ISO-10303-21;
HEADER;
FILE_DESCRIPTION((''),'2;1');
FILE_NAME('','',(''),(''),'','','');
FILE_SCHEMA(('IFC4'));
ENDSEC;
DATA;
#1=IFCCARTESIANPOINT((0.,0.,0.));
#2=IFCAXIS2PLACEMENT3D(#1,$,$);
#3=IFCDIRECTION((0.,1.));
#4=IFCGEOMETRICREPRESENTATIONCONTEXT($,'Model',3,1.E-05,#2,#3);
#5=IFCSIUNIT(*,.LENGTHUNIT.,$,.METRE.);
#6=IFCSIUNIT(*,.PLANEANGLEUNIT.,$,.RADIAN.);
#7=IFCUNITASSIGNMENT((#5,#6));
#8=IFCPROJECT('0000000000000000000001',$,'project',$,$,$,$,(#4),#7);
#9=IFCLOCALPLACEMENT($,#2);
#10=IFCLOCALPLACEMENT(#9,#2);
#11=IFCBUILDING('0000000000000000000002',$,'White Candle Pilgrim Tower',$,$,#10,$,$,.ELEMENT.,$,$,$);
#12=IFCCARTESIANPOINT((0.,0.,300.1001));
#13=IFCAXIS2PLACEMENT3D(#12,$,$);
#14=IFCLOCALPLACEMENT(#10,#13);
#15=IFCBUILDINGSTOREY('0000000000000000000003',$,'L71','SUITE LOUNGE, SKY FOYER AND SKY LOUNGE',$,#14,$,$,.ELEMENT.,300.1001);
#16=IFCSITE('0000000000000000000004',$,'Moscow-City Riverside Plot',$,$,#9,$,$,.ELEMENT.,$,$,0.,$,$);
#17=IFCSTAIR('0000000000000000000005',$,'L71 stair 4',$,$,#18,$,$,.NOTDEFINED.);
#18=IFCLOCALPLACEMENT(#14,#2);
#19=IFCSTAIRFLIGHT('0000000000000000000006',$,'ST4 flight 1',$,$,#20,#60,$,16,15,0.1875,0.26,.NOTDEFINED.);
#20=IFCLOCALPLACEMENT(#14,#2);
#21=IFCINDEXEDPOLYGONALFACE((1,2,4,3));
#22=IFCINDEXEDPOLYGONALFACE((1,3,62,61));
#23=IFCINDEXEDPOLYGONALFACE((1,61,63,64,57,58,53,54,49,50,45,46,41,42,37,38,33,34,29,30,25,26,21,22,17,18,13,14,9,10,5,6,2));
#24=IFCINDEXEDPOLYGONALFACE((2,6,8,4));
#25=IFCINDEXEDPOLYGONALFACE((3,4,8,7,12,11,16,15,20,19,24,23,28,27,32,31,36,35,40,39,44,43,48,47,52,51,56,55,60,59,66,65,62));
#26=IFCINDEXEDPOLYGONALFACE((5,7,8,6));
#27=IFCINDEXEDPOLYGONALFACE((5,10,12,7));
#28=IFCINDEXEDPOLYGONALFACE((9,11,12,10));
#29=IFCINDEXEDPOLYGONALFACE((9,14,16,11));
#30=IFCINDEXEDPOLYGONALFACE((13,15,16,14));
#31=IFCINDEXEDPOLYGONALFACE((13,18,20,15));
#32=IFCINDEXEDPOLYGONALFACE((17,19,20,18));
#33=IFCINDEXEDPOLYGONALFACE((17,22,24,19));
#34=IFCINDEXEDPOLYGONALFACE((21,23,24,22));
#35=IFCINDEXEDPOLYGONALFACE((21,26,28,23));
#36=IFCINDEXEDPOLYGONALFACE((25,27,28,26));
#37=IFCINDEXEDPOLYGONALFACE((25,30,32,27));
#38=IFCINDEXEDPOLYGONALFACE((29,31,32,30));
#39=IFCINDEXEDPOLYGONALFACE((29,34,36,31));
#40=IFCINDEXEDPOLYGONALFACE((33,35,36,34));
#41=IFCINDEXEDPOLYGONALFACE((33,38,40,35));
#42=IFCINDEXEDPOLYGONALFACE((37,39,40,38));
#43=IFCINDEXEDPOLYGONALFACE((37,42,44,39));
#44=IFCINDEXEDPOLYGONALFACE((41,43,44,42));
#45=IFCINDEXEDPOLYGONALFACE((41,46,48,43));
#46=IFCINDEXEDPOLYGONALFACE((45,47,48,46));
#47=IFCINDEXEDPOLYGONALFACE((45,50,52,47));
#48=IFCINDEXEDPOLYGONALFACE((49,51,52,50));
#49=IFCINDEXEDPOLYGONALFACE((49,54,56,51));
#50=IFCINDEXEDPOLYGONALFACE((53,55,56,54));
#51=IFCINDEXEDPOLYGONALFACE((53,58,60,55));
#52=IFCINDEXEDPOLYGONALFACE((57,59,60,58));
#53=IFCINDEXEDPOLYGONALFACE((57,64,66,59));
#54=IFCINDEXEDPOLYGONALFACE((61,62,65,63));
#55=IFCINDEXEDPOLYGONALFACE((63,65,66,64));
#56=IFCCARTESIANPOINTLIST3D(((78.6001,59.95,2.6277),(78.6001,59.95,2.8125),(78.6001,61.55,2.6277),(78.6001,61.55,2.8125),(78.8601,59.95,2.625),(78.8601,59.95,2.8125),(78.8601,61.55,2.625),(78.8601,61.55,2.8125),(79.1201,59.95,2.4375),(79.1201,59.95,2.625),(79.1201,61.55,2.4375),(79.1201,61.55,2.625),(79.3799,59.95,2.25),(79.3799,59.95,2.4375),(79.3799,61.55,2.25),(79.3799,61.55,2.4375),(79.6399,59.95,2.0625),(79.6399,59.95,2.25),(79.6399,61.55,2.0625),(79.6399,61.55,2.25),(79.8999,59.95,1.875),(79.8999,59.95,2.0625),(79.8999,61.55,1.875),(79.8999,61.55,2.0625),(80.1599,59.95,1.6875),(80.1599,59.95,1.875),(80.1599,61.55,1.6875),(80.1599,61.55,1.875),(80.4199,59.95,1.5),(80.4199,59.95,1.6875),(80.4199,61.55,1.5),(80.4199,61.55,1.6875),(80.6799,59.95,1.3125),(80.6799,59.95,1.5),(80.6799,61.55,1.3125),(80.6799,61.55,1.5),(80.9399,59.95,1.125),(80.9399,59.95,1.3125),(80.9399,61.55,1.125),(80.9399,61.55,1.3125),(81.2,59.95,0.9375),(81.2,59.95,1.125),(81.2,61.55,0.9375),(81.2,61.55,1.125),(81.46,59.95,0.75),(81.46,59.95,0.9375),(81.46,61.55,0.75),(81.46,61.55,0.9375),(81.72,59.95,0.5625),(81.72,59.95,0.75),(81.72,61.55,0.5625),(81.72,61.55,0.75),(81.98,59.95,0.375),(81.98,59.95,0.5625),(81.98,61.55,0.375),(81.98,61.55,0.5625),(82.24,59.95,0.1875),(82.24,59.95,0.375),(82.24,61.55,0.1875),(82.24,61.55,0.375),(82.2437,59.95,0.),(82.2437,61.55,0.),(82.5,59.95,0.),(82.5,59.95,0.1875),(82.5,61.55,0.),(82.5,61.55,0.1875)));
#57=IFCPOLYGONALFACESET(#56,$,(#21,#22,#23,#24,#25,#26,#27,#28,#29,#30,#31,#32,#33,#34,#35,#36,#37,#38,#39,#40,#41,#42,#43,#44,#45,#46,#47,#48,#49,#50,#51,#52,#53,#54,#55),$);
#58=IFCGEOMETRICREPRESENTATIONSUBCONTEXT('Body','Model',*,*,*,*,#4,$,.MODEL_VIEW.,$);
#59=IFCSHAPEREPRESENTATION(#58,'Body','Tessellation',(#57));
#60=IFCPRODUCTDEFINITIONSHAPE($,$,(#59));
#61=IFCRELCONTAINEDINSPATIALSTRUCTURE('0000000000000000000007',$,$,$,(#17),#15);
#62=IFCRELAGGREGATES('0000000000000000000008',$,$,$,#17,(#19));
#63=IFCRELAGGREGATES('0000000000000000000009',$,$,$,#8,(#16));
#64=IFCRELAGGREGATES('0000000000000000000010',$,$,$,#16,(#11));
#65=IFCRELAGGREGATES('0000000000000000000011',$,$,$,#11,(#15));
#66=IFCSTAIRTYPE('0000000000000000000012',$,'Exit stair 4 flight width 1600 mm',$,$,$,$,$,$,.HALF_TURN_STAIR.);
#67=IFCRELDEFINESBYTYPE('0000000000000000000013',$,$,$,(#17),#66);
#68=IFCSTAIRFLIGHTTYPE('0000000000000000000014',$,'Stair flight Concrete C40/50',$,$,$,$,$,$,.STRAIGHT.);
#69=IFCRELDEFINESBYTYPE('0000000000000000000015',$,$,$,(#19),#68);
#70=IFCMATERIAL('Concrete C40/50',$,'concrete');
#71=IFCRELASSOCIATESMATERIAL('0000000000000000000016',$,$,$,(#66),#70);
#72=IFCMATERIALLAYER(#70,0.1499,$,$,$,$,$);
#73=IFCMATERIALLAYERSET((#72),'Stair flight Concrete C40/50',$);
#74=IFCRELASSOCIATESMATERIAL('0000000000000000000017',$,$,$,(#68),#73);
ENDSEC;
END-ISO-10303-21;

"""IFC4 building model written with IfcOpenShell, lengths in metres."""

from ifc_helpers import new_model, si_unit, direction, frame, origin, place, context, subcontext, project, spatial, polyline, outline, extrude, material, layer, layer_set, type_object, element, aggregate, save


model = new_model("IFC4")

# Units and contexts
model_context = context("Model", 3, precision=1e-05, world=origin(), true_north=direction((0.0, 1.0)))
body_context = subcontext(model_context, "Body", "Model", "MODEL_VIEW")
ifc_project = project(units=[si_unit("LENGTHUNIT", "METRE"), si_unit("PLANEANGLEUNIT", "RADIAN")], contexts=[model_context])

# Site, building, storey
site_placement = place(None, origin())
site = spatial("IfcSite", under=ifc_project, at=site_placement, Name="Moscow-City Riverside Plot", CompositionType="ELEMENT", RefElevation=0.0)
building_placement = place(site_placement, origin())
building = spatial("IfcBuilding", under=site, at=building_placement, Name="White Candle Pilgrim Tower", CompositionType="ELEMENT")
storey_placement = place(building_placement, frame((0.0, 0.0, 300.1001)))
storey = spatial("IfcBuildingStorey", under=building, at=storey_placement, Name="L71", Description="SUITE LOUNGE, SKY FOYER AND SKY LOUNGE", CompositionType="ELEMENT", Elevation=300.1001)

# Shared definitions
ifc_material_1 = material(Name="Concrete C40/50", Category="concrete")

# Stair, stair flight
stair_type = type_object("IfcStairType", Name="Exit stair 4 flight width 1600 mm", PredefinedType="HALF_TURN_STAIR", material=ifc_material_1)
stair_placement = place(storey_placement, origin())
stair = element("IfcStair", 1, at=stair_placement, inside=storey, type_object=stair_type, Name="L71 stair 4", PredefinedType="NOTDEFINED")
ifc_layer_1 = layer(ifc_material_1, 0.1499)
ifc_layer_set_1 = layer_set([ifc_layer_1], Name="Stair flight Concrete C40/50")
stair_flight_type = type_object("IfcStairFlightType", Name="Stair flight Concrete C40/50", PredefinedType="STRAIGHT", material=ifc_layer_set_1)
stair_flight_placement = place(storey_placement, frame((82.5, 60.75, 0.0), z_axis=(0.0, 0.0, 1.0), x_axis=(-1.0, 0.0, 0.0)))
stair_flight = element("IfcStairFlight", 2, at=stair_flight_placement, type_object=stair_flight_type, Name="ST4 flight 1", NumberOfRisers=16, NumberOfTreads=15, PredefinedType="NOTDEFINED", RiserHeight=0.1875, TreadLength=0.26, context=body_context, shape_type="SweptSolid", body=[
    extrude(outline(polyline([(0.0, 0.0), (0.0, 0.1875), (0.26, 0.1875), (0.26, 0.375), (0.52, 0.375), (0.52, 0.5625), (0.78, 0.5625), (0.78, 0.75), (1.04, 0.75), (1.04, 0.9375), (1.3, 0.9375), (1.3, 1.125), (1.5601, 1.125), (1.5601, 1.3125), (1.8201, 1.3125), (1.8201, 1.5), (2.0801, 1.5), (2.0801, 1.6875), (2.3401, 1.6875), (2.3401, 1.875), (2.6001, 1.875), (2.6001, 2.0625), (2.8601, 2.0625), (2.8601, 2.25), (3.1201, 2.25), (3.1201, 2.4375), (3.3799, 2.4375), (3.3799, 2.625), (3.6399, 2.625), (3.6399, 2.8125), (3.8999, 2.8125), (3.8999, 3.0), (3.8999, 2.6277), (0.2563, 0.0), (0.0, 0.0)])), frame((0.0, 0.8, 0.0), z_axis=(0.0, -1.0, 0.0), x_axis=(1.0, 0.0, 0.0)), (0.0, 0.0, 1.0), 1.6001),
])
aggregate(stair, [stair_flight])

save(model, "model.ifc")
